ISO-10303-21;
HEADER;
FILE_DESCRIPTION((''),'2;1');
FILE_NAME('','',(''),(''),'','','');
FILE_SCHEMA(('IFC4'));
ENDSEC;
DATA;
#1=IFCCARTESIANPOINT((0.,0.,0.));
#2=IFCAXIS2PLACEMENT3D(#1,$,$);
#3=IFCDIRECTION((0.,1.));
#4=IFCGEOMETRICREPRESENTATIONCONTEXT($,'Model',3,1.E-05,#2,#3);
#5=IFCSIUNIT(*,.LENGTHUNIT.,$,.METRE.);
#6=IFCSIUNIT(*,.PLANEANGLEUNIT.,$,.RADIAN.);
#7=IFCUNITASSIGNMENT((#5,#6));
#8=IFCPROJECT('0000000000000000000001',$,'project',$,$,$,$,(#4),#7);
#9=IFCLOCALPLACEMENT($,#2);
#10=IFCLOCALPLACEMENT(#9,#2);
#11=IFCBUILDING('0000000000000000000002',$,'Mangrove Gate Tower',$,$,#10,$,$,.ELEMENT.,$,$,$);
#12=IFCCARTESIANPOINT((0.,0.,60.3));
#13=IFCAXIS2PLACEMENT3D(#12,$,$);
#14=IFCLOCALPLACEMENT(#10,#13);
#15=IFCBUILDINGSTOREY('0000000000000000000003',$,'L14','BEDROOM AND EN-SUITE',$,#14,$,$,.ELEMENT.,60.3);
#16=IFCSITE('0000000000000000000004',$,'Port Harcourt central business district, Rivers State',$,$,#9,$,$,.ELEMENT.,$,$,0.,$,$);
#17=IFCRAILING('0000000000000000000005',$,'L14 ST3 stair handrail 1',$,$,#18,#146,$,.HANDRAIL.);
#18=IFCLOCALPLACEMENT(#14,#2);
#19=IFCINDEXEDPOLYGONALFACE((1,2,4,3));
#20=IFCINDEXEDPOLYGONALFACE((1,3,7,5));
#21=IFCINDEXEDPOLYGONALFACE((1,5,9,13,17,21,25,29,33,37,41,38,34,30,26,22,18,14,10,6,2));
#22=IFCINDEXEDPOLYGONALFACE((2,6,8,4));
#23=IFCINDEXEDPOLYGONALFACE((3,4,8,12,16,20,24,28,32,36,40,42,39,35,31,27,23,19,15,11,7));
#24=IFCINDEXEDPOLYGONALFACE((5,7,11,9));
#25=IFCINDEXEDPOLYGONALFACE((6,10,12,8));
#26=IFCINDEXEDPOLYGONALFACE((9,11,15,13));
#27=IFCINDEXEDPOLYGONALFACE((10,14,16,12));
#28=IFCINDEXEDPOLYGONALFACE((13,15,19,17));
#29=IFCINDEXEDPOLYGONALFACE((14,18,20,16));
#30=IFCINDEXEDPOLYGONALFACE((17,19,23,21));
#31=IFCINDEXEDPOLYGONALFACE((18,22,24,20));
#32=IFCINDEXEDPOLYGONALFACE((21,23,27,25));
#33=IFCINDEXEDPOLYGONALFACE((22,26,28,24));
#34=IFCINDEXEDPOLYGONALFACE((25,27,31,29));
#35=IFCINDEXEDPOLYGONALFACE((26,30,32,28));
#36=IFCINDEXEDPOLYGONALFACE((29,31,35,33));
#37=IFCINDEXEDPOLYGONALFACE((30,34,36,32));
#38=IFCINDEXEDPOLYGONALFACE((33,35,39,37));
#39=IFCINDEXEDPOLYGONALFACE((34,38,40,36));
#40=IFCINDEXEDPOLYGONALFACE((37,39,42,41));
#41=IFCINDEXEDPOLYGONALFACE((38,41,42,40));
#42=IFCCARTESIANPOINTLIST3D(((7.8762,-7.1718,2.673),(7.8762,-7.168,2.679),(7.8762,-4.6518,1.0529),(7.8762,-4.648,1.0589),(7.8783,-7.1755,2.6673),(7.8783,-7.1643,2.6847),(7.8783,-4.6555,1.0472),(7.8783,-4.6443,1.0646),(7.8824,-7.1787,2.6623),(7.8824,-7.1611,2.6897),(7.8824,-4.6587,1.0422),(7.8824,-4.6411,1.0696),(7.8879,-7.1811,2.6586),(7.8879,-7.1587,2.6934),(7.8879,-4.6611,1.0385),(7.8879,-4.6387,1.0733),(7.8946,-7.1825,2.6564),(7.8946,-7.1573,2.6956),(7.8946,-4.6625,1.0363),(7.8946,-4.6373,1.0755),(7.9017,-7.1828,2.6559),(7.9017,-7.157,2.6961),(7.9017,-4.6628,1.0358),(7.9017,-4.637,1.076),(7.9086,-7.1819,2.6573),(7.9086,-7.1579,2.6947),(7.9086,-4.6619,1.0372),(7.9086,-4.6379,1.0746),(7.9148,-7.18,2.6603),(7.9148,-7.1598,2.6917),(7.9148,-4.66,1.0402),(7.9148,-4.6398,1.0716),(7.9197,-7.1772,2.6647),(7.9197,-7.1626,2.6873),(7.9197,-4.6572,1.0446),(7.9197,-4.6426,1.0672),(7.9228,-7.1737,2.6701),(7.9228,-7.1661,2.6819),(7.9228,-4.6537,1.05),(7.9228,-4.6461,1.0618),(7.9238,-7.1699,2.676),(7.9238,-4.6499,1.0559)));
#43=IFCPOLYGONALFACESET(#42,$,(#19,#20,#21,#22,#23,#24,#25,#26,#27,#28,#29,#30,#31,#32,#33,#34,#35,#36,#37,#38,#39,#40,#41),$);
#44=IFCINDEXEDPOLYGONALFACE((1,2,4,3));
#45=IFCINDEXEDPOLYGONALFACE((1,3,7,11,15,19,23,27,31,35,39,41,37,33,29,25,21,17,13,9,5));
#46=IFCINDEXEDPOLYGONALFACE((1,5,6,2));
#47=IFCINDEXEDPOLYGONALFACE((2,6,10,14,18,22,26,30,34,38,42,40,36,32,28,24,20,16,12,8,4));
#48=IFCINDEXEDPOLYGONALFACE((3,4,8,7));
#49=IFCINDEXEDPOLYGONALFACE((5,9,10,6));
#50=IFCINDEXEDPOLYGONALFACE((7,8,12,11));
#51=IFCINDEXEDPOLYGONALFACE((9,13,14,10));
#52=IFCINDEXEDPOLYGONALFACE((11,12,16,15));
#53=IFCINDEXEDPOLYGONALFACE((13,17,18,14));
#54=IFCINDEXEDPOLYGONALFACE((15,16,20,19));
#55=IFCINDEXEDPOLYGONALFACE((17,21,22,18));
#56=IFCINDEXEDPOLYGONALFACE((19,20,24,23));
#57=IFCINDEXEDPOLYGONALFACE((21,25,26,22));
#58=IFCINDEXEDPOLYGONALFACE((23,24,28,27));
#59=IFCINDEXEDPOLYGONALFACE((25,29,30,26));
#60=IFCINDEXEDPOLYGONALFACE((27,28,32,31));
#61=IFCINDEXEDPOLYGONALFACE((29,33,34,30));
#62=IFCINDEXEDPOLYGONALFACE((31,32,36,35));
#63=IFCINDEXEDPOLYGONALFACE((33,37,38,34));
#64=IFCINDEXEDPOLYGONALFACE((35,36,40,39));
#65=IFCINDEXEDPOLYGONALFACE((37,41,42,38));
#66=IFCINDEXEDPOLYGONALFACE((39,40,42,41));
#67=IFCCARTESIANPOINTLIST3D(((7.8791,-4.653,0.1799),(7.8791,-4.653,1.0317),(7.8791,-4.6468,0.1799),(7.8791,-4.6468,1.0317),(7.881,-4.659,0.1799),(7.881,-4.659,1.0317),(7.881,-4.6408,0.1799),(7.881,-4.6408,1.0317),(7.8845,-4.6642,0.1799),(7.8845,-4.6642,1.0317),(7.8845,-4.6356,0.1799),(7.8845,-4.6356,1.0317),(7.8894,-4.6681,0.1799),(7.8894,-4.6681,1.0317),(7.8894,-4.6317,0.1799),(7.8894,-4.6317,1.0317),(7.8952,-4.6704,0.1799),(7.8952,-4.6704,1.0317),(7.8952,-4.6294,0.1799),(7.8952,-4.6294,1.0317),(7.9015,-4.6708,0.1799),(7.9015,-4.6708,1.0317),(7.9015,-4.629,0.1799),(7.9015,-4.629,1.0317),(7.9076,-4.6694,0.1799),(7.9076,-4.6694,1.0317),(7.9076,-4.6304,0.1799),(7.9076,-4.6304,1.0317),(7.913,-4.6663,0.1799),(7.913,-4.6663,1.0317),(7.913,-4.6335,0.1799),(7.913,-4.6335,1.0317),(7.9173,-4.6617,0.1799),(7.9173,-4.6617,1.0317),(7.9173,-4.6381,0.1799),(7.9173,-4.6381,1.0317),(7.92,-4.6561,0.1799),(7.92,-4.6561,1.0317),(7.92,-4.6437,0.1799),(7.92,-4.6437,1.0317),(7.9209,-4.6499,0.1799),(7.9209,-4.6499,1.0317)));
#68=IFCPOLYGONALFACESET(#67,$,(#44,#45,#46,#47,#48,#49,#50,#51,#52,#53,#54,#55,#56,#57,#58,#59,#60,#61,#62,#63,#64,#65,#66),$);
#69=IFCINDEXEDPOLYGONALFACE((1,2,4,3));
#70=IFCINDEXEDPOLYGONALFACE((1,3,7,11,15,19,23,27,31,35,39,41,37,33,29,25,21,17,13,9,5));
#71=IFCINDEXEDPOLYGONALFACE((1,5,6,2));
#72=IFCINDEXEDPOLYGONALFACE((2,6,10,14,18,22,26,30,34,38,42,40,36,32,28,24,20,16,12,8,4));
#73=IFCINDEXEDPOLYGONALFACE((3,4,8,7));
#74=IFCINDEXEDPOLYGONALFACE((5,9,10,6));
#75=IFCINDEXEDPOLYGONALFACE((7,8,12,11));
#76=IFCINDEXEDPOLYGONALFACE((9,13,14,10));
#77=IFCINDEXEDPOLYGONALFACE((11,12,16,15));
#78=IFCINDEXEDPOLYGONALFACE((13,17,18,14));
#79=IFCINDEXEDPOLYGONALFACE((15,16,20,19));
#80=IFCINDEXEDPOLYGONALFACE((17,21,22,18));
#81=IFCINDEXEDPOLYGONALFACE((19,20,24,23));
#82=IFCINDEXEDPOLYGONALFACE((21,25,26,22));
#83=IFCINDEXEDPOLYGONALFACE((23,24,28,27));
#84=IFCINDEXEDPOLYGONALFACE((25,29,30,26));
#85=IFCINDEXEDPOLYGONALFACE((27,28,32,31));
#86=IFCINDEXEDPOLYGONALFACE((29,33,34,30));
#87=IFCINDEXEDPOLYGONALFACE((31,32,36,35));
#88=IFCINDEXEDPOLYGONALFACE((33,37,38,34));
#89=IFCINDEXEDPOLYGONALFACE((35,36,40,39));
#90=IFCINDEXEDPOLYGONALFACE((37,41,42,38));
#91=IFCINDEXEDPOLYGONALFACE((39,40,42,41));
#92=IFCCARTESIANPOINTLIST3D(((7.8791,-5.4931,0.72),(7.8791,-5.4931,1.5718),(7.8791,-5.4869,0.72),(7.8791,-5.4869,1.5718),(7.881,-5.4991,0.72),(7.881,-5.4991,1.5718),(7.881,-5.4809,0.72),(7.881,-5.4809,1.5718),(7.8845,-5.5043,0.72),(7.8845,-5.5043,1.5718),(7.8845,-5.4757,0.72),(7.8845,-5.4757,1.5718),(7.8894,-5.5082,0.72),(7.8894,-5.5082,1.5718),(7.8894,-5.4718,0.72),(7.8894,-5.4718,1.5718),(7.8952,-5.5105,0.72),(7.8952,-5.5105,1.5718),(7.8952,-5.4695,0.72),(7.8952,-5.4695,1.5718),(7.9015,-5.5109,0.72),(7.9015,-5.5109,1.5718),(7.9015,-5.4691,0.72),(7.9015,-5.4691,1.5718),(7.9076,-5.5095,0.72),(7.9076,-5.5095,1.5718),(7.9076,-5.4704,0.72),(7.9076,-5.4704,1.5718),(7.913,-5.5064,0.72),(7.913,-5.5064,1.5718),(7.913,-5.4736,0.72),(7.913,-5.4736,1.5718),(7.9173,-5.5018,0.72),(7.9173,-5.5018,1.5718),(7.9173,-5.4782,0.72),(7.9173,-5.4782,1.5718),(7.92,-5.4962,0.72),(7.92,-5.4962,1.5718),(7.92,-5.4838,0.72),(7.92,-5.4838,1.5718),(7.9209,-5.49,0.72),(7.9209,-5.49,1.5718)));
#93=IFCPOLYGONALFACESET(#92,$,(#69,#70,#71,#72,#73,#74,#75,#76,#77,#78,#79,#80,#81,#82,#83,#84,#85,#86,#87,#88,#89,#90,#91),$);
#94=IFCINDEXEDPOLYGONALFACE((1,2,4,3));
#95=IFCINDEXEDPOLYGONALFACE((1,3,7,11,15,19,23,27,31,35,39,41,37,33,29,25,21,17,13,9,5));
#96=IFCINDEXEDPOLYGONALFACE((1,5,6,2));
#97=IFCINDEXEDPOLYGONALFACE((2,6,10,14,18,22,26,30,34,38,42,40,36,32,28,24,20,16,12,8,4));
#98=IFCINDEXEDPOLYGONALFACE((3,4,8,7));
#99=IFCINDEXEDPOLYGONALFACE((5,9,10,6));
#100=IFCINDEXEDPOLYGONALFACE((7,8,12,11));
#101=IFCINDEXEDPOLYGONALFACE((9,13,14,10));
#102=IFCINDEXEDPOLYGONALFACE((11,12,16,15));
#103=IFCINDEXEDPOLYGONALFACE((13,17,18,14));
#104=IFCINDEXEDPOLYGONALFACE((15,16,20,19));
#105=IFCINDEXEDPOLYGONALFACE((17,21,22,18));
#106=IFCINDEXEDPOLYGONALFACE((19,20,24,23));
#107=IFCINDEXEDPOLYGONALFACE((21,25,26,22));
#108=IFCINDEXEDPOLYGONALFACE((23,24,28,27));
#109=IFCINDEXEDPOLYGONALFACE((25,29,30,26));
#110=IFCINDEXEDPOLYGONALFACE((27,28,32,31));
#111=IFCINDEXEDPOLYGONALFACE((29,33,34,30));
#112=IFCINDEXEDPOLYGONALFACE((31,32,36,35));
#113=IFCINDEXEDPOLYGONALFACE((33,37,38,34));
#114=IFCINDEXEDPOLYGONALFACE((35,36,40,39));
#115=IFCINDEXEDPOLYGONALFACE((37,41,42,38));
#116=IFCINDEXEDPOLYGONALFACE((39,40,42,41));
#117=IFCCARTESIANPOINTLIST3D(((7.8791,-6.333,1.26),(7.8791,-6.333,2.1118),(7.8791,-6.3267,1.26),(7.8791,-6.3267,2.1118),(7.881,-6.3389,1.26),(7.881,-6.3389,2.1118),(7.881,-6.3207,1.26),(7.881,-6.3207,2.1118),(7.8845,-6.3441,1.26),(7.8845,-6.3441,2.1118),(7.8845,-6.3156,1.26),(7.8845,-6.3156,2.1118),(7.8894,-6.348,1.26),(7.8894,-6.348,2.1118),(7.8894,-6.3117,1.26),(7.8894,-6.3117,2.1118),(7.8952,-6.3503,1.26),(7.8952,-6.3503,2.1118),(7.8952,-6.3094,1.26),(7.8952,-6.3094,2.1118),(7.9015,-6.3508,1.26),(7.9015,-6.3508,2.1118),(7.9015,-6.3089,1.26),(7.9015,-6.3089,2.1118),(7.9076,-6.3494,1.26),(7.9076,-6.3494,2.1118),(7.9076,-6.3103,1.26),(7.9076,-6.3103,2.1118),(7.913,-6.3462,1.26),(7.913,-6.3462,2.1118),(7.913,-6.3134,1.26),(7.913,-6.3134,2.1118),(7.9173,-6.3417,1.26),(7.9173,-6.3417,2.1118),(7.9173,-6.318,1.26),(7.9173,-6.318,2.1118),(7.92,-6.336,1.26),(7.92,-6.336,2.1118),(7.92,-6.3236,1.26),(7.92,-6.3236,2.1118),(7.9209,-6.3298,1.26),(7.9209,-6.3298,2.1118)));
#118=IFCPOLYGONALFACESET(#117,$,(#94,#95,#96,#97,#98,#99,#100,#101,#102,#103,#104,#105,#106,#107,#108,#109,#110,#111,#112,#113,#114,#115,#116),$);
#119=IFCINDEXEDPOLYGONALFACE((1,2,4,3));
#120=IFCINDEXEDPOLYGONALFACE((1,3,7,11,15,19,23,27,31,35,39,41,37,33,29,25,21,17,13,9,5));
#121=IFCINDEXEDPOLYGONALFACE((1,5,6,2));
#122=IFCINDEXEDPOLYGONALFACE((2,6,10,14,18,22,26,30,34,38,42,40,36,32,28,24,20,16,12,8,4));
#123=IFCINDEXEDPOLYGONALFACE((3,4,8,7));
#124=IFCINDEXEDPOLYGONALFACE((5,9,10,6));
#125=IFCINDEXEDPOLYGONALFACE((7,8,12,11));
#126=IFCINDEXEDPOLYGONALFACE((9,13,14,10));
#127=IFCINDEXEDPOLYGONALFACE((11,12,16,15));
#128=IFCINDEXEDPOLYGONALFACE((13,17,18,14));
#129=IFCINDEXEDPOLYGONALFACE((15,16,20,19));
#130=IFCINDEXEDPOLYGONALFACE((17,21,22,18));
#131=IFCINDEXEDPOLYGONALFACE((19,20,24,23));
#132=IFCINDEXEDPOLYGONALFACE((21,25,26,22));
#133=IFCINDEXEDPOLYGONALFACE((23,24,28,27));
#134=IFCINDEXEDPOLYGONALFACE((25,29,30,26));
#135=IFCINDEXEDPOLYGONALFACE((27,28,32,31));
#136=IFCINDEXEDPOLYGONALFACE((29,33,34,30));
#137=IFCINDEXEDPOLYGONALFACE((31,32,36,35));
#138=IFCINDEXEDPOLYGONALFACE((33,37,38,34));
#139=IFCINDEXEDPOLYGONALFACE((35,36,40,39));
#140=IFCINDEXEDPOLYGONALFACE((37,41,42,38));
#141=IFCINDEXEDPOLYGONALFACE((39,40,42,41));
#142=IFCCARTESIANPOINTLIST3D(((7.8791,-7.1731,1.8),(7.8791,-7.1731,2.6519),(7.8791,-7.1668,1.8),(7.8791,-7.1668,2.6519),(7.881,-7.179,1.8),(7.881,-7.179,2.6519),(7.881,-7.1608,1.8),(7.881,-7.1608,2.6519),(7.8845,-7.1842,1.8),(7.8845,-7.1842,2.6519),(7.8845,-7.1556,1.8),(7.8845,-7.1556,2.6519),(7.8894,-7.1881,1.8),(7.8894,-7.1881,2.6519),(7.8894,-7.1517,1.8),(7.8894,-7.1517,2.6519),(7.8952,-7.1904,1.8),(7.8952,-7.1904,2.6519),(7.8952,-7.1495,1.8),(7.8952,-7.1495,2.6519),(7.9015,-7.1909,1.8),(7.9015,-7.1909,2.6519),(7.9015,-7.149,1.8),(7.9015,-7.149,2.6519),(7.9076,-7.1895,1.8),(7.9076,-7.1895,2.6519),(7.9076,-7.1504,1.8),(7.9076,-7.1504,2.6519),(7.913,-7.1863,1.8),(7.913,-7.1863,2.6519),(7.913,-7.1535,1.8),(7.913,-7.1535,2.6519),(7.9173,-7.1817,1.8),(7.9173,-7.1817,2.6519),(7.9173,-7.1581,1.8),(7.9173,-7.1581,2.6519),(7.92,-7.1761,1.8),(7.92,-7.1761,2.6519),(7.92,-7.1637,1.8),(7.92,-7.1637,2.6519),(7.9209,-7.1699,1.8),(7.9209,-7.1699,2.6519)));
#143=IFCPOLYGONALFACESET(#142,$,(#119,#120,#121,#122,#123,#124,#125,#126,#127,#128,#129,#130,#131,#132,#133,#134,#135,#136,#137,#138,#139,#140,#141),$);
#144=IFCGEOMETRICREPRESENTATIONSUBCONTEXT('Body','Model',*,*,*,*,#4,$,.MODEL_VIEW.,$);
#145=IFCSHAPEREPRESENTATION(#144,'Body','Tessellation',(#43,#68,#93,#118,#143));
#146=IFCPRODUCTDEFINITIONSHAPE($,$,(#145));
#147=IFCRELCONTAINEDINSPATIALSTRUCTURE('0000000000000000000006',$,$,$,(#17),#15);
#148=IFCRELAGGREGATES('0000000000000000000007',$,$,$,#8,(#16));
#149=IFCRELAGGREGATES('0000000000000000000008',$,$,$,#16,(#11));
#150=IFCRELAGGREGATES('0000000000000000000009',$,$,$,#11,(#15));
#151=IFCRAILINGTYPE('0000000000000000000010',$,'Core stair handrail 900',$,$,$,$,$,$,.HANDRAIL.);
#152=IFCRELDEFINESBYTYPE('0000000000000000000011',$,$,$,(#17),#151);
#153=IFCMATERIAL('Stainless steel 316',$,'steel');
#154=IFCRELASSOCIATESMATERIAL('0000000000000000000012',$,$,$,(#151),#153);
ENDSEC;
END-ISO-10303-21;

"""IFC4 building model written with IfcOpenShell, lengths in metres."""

from ifc_helpers import new_model, si_unit, direction, frame, origin, origin_2d, place, context, subcontext, project, spatial, circle, extrude, material, type_object, element, save


model = new_model("IFC4")

# Units and contexts
model_context = context("Model", 3, precision=1e-05, world=origin(), true_north=direction((0.0, 1.0)))
body_context = subcontext(model_context, "Body", "Model", "MODEL_VIEW")
ifc_project = project(units=[si_unit("LENGTHUNIT", "METRE"), si_unit("PLANEANGLEUNIT", "RADIAN")], contexts=[model_context])

# Site, building, storey
site_placement = place(None, origin())
site = spatial("IfcSite", under=ifc_project, at=site_placement, Name="Port Harcourt central business district, Rivers State", CompositionType="ELEMENT", RefElevation=0.0)
building_placement = place(site_placement, origin())
building = spatial("IfcBuilding", under=site, at=building_placement, Name="Mangrove Gate Tower", CompositionType="ELEMENT")
storey_placement = place(building_placement, frame((0.0, 0.0, 60.3)))
storey = spatial("IfcBuildingStorey", under=building, at=storey_placement, Name="L14", Description="BEDROOM AND EN-SUITE", CompositionType="ELEMENT", Elevation=60.3)

# Railing
ifc_material_1 = material(Name="Stainless steel 316", Category="steel")
railing_type_1 = type_object("IfcRailingType", Name="Core stair handrail 900", PredefinedType="HANDRAIL", material=ifc_material_1)
railing_1_placement = place(storey_placement, frame((7.8999, -4.6499, 0.1799)))
element("IfcRailing", 1, at=railing_1_placement, inside=storey, type_object=railing_type_1, Name="L14 ST3 stair handrail 1", PredefinedType="HANDRAIL", context=body_context, shape_type="SweptSolid", body=[
    extrude(circle(Radius=0.0239, at=origin_2d()), frame((0.0, 0.0, 0.876), z_axis=(0.0, -0.841163, 0.540782), x_axis=(1.0, 0.0, 0.0)), (0.0, 0.0, 1.0), 2.9958),
    extrude(circle(Radius=0.021, at=origin_2d()), origin(), (0.0, 0.0, 1.0), 0.8518),
    extrude(circle(Radius=0.021, at=origin_2d()), frame((0.0, -0.8401, 0.54)), (0.0, 0.0, 1.0), 0.8518),
    extrude(circle(Radius=0.021, at=origin_2d()), frame((0.0, -1.6799, 1.0801)), (0.0, 0.0, 1.0), 0.8518),
    extrude(circle(Radius=0.021, at=origin_2d()), frame((0.0, -2.52, 1.6201)), (0.0, 0.0, 1.0), 0.8518),
])

save(model, "model.ifc")
